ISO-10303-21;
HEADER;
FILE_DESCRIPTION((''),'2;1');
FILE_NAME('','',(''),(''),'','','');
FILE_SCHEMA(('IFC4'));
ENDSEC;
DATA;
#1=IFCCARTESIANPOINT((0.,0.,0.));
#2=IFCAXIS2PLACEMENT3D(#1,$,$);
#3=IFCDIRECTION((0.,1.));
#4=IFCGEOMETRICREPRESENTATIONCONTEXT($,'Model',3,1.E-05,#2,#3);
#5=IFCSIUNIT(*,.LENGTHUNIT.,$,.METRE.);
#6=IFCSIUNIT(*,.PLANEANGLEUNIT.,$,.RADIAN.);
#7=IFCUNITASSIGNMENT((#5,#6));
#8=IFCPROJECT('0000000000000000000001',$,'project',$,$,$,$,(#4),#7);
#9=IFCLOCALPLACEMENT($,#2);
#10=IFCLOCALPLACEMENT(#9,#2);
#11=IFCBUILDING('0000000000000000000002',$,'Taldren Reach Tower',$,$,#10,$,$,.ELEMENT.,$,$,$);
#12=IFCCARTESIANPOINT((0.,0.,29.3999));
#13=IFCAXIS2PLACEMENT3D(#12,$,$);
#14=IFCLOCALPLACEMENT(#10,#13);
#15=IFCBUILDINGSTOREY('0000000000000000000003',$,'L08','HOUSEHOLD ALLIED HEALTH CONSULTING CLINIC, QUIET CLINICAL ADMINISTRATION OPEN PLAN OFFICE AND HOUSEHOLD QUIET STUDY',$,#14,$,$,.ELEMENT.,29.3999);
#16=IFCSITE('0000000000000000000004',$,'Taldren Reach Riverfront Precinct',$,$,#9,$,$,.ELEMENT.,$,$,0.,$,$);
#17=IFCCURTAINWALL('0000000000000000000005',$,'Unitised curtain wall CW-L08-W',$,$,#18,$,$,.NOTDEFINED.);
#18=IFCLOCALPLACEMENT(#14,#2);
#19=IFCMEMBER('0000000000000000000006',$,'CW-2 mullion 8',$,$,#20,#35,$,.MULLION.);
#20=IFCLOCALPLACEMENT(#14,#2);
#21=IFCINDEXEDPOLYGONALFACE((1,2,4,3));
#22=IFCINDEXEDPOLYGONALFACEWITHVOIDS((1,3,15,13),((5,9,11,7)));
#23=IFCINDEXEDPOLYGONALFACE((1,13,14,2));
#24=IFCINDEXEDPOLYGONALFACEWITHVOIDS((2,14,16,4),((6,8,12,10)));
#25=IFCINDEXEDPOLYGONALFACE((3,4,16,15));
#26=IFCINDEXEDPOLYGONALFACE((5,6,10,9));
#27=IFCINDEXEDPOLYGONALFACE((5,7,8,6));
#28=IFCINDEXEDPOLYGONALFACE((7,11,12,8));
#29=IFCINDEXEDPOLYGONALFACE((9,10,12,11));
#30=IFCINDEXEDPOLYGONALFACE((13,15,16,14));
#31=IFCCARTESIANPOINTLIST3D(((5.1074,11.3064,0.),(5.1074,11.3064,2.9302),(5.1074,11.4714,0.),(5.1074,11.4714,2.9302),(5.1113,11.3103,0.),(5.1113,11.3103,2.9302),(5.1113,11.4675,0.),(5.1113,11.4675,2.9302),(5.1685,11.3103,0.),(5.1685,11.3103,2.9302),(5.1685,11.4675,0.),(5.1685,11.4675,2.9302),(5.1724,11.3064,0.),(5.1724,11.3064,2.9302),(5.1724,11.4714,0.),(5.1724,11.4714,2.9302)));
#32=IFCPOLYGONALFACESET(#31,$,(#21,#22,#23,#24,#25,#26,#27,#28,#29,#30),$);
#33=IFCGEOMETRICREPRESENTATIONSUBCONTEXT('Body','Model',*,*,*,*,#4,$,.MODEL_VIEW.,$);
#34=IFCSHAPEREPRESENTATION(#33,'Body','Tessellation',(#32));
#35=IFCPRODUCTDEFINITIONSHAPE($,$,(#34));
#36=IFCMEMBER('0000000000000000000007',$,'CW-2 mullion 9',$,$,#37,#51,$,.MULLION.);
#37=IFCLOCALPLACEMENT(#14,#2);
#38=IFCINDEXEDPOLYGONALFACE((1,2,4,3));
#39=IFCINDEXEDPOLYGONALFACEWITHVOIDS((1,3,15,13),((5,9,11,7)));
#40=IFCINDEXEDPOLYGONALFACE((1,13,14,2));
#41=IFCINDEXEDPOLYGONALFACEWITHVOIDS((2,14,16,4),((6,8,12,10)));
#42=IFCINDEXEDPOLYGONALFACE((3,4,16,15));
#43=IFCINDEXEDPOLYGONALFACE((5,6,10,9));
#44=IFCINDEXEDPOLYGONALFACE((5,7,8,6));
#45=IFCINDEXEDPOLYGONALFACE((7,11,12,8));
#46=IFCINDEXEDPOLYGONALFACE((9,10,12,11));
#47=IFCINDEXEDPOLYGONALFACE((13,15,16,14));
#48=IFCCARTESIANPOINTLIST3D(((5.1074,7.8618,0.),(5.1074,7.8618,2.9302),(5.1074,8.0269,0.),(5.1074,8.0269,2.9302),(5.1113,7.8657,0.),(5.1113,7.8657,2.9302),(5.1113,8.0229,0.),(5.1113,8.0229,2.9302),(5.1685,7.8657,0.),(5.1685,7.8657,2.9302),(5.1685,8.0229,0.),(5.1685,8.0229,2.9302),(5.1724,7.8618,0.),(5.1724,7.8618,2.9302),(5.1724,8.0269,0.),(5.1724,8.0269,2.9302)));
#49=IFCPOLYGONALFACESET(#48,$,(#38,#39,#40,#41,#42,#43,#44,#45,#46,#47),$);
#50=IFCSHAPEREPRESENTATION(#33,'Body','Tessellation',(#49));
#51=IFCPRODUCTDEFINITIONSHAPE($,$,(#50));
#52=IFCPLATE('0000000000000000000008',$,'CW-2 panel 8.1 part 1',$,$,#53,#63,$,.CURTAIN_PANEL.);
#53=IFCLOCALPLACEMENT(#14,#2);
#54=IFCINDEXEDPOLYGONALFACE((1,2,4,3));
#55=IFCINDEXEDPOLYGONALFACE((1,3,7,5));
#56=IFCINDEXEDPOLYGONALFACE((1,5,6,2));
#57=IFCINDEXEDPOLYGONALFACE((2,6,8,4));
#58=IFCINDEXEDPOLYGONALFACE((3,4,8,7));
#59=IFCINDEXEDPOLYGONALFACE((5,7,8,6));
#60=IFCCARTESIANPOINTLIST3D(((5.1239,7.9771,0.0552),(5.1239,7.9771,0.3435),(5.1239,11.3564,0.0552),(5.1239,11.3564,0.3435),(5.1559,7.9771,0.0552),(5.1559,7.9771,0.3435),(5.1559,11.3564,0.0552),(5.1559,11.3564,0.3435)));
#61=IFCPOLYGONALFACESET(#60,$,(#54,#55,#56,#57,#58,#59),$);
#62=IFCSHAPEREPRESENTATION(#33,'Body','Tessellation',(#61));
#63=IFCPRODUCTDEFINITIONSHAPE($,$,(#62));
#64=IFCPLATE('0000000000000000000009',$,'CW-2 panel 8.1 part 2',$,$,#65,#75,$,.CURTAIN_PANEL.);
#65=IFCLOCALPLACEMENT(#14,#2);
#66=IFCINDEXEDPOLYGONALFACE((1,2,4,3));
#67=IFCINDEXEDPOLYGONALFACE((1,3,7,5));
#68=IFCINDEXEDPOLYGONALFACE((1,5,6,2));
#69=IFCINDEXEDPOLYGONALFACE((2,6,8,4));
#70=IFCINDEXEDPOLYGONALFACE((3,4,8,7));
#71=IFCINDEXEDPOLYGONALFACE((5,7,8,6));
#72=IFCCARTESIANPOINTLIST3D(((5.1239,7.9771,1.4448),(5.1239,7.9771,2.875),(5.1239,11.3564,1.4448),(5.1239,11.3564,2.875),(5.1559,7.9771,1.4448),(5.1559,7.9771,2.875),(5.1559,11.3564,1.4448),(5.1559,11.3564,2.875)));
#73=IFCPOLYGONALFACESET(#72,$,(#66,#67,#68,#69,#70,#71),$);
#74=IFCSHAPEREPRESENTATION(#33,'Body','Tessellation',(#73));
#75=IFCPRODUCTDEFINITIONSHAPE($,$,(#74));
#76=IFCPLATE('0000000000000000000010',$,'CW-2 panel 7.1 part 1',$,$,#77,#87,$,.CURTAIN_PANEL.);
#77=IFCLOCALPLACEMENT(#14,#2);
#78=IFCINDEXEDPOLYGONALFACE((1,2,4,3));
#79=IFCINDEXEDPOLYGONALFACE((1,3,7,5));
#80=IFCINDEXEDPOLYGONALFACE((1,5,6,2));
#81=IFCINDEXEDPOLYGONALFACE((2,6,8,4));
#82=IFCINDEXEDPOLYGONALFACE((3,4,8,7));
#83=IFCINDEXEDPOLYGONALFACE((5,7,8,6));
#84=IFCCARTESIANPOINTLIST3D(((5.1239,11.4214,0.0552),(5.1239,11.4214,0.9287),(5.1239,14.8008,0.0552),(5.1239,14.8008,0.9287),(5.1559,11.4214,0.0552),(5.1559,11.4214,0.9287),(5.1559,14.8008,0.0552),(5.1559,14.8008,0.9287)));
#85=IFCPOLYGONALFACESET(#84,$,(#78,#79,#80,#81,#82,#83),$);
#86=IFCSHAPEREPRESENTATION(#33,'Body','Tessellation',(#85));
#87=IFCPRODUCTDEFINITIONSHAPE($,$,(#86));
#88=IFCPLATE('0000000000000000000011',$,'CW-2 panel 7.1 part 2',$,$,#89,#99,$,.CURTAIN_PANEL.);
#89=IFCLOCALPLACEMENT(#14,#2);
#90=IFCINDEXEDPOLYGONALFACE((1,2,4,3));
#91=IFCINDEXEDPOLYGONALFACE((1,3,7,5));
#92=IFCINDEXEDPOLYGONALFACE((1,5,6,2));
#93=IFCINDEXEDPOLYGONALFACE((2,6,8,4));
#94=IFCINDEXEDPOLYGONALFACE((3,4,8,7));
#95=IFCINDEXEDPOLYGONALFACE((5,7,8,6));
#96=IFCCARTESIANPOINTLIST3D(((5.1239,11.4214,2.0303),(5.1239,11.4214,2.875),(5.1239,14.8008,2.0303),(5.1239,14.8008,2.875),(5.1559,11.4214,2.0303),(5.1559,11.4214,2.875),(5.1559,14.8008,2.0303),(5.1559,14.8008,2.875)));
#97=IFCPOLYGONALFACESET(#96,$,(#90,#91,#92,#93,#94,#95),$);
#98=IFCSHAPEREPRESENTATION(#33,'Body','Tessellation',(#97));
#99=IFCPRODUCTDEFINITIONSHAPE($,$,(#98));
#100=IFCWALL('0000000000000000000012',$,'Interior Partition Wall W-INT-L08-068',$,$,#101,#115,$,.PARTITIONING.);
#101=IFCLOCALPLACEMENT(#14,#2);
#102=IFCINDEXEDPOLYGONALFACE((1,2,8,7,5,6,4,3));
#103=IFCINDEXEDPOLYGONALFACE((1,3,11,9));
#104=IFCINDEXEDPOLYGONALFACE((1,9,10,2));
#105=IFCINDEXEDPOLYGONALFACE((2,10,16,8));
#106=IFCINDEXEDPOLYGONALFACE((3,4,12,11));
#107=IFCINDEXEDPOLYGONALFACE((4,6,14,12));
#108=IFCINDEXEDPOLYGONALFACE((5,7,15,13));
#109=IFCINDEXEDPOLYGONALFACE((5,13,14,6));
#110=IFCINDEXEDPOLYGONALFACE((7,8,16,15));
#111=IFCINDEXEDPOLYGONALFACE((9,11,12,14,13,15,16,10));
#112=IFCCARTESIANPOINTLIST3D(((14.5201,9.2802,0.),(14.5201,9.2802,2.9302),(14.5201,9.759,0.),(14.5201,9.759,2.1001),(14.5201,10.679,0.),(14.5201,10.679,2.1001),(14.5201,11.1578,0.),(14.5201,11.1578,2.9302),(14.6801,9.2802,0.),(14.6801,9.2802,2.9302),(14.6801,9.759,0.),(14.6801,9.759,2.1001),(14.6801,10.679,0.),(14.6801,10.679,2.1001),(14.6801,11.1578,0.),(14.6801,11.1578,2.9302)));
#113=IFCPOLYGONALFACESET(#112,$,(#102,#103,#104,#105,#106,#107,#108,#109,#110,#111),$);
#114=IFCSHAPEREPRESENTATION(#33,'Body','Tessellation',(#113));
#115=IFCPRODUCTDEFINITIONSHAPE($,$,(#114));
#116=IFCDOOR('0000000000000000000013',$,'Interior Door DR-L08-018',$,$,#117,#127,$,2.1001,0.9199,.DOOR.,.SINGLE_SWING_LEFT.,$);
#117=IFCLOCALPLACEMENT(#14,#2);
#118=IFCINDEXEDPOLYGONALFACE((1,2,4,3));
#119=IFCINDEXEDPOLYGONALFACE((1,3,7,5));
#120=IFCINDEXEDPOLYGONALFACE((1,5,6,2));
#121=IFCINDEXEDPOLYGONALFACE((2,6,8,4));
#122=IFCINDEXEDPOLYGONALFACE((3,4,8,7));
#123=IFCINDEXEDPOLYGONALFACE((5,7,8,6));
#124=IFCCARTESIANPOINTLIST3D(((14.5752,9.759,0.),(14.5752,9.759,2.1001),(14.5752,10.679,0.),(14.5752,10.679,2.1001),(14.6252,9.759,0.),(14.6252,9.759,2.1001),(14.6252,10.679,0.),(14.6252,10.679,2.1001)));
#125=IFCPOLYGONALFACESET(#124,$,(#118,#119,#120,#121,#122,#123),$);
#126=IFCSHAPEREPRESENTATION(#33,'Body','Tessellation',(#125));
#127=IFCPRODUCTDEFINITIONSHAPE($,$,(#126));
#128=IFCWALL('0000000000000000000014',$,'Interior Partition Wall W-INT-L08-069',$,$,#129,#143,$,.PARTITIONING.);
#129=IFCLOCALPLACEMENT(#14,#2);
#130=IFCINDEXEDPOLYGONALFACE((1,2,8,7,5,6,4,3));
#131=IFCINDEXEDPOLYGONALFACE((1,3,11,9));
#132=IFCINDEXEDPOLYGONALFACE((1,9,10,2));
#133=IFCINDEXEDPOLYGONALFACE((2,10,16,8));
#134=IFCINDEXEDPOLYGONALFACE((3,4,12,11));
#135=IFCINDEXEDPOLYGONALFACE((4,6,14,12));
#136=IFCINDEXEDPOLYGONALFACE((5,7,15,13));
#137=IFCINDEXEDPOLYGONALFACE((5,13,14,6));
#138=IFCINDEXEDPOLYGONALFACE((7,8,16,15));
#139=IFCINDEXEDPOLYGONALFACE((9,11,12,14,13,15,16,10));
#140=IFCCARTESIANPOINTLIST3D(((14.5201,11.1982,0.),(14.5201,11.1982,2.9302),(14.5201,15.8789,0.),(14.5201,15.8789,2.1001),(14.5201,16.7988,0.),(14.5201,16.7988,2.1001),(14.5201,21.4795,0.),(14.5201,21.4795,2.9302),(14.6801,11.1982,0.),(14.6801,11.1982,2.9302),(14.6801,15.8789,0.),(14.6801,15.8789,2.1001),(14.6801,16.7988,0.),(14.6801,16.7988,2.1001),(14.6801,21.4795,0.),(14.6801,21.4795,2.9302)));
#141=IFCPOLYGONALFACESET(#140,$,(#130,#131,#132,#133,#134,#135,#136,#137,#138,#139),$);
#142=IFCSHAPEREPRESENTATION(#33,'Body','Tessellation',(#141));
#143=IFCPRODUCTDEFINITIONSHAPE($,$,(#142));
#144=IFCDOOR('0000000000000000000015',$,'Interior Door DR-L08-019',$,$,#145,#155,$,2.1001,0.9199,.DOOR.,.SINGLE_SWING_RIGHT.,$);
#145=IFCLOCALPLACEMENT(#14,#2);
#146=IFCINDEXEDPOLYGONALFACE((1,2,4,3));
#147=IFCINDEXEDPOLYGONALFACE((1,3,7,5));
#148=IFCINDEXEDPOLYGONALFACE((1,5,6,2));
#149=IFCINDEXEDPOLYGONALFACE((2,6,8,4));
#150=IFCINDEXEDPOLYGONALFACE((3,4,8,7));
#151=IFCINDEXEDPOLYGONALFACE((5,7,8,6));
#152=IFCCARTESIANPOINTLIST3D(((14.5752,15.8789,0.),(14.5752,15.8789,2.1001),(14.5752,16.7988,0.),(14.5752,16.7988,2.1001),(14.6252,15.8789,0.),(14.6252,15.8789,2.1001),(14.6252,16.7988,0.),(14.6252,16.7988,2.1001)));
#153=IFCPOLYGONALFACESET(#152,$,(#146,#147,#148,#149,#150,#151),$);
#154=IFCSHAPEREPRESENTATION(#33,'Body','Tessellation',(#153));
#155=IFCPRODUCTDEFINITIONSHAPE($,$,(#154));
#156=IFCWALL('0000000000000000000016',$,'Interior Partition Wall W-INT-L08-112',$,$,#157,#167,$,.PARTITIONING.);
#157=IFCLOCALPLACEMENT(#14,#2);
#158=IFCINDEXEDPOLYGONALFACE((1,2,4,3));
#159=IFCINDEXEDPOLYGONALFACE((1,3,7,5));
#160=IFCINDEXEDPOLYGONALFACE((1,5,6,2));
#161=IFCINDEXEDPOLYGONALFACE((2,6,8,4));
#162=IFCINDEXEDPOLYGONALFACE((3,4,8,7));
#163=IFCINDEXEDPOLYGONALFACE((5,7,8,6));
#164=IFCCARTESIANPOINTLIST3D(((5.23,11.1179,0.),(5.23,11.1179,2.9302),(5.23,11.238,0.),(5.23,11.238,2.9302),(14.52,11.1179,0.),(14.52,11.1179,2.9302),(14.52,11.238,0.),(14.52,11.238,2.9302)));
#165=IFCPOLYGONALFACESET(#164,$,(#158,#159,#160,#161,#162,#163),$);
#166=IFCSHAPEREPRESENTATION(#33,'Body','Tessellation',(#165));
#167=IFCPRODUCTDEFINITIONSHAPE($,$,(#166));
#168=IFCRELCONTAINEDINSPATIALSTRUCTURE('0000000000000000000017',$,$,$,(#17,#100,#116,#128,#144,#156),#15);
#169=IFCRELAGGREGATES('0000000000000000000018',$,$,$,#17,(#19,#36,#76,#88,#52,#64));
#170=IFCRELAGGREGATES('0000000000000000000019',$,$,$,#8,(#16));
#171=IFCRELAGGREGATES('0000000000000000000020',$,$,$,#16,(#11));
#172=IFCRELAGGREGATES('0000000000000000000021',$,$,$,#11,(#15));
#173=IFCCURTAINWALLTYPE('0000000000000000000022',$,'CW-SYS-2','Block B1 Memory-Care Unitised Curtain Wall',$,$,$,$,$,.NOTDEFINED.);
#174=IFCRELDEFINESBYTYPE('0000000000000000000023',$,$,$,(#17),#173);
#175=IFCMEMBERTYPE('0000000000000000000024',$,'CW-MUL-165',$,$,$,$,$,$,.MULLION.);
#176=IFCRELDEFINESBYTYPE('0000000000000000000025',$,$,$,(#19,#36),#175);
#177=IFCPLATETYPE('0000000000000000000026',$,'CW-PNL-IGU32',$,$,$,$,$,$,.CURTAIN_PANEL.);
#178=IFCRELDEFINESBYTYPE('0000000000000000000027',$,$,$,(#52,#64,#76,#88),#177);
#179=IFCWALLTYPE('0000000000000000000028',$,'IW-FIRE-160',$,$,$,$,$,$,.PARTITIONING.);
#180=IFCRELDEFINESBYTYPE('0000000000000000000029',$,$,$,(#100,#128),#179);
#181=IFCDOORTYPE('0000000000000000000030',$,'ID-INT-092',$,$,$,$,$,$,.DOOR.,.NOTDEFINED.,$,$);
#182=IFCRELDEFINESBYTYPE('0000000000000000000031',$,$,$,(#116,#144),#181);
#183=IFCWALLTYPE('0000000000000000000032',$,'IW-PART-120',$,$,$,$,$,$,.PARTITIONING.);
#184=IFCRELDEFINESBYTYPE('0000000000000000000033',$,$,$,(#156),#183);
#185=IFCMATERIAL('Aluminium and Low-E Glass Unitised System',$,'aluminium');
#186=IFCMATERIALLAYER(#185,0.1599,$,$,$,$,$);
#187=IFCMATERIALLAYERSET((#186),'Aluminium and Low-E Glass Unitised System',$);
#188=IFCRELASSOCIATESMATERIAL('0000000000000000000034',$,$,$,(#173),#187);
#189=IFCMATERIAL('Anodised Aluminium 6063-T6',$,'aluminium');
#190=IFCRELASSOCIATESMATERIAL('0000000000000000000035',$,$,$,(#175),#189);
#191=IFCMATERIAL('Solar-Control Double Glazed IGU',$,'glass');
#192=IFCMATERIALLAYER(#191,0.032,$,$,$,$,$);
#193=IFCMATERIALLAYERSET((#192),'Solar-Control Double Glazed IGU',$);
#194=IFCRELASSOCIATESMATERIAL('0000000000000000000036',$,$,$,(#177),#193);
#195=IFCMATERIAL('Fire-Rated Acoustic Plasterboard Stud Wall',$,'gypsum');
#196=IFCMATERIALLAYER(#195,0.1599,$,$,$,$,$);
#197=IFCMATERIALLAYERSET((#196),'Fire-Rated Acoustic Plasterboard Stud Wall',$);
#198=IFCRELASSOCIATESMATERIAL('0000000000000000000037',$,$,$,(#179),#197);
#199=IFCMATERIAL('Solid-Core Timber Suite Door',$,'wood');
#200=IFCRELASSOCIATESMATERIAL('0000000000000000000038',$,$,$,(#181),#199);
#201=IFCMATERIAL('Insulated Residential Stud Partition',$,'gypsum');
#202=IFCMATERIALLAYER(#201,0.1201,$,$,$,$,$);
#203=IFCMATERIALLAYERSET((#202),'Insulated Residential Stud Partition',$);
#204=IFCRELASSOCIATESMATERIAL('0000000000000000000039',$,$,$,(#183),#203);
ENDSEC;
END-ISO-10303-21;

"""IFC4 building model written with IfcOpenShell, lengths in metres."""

from ifc_helpers import new_model, si_unit, direction, frame, frame_2d, origin, origin_2d, place, context, subcontext, project, spatial, rectangle, hollow_rectangle, extrude, source, transform, mapped, material, layer, layer_set, material_profile, profile_set, type_object, element, fill, aggregate, save


model = new_model("IFC4")

# Units and contexts
model_context = context("Model", 3, precision=1e-05, world=origin(), true_north=direction((0.0, 1.0)))
body_context = subcontext(model_context, "Body", "Model", "MODEL_VIEW")
ifc_project = project(units=[si_unit("LENGTHUNIT", "METRE"), si_unit("PLANEANGLEUNIT", "RADIAN")], contexts=[model_context])

# Site, building, storey
site_placement = place(None, origin())
site = spatial("IfcSite", under=ifc_project, at=site_placement, Name="Taldren Reach Riverfront Precinct", CompositionType="ELEMENT", RefElevation=0.0)
building_placement = place(site_placement, origin())
building = spatial("IfcBuilding", under=site, at=building_placement, Name="Taldren Reach Tower", CompositionType="ELEMENT")
storey_placement = place(building_placement, frame((0.0, 0.0, 29.3999)))
storey = spatial("IfcBuildingStorey", under=building, at=storey_placement, Name="L08", Description="HOUSEHOLD ALLIED HEALTH CONSULTING CLINIC, QUIET CLINICAL ADMINISTRATION OPEN PLAN OFFICE AND HOUSEHOLD QUIET STUDY", CompositionType="ELEMENT", Elevation=29.3999)

# Curtain wall, members, plates
ifc_material_1 = material(Name="Aluminium and Low-E Glass Unitised System", Category="aluminium")
ifc_layer_1 = layer(ifc_material_1, 0.1599)
ifc_layer_set_1 = layer_set([ifc_layer_1], Name="Aluminium and Low-E Glass Unitised System")
curtain_wall_type = type_object("IfcCurtainWallType", Name="CW-SYS-2", Description="Block B1 Memory-Care Unitised Curtain Wall", PredefinedType="NOTDEFINED", material=ifc_layer_set_1)
curtain_wall_placement = place(storey_placement, origin())
curtain_wall = element("IfcCurtainWall", 1, at=curtain_wall_placement, inside=storey, type_object=curtain_wall_type, Name="Unitised curtain wall CW-L08-W", PredefinedType="NOTDEFINED")
ifc_material_2 = material(Name="Anodised Aluminium 6063-T6", Category="aluminium")
ifc_material_profile_1 = material_profile(ifc_material_2, hollow_rectangle(XDim=0.0649, YDim=0.165, WallThickness=0.0039, at=origin_2d()), Name="ALU-165x65x4RHS")
ifc_profile_set_1 = profile_set([ifc_material_profile_1], Name="Anodised Aluminium 6063-T6")
member_type_1 = type_object("IfcMemberType", Name="CW-MUL-165", PredefinedType="MULLION", material=ifc_profile_set_1)
shared_shape_1 = source(origin(), body_context, "Body", "SweptSolid", [
    extrude(hollow_rectangle(XDim=0.0649, YDim=0.165, WallThickness=0.0039, at=origin_2d()), origin(), (0.0, 0.0, 1.0), 2.9302),
])
member_1_placement = place(storey_placement, frame((5.1399, 11.3889, 0.0), z_axis=(0.0, 0.0, 1.0), x_axis=(1.0, 0.0, 0.0)))
member_1 = element("IfcMember", 2, at=member_1_placement, type_object=member_type_1, Name="CW-2 mullion 8", PredefinedType="MULLION", context=body_context, shape_type="MappedRepresentation", body=[
    mapped(shared_shape_1, transform((0.0, 0.0, 0.0), scale=1.0)),
])
member_2_placement = place(storey_placement, frame((5.1399, 7.9443, 0.0), z_axis=(0.0, 0.0, 1.0), x_axis=(1.0, 0.0, 0.0)))
member_2 = element("IfcMember", 3, at=member_2_placement, type_object=member_type_1, Name="CW-2 mullion 9", PredefinedType="MULLION", context=body_context, shape_type="MappedRepresentation", body=[
    mapped(shared_shape_1, transform((0.0, 0.0, 0.0), scale=1.0)),
])
ifc_material_3 = material(Name="Solar-Control Double Glazed IGU", Category="glass")
ifc_layer_2 = layer(ifc_material_3, 0.032)
ifc_layer_set_2 = layer_set([ifc_layer_2], Name="Solar-Control Double Glazed IGU")
plate_type = type_object("IfcPlateType", Name="CW-PNL-IGU32", PredefinedType="CURTAIN_PANEL", material=ifc_layer_set_2)
shared_shape_2 = source(origin(), body_context, "Body", "SweptSolid", [
    extrude(rectangle(XDim=3.3794, YDim=0.032, at=origin_2d()), origin(), (0.0, 0.0, 1.0), 0.2883),
])
plate_1_placement = place(storey_placement, frame((5.1399, 9.6667, 0.0552), z_axis=(0.0, 0.0, 1.0), x_axis=(0.0, -1.0, 0.0)))
plate_1 = element("IfcPlate", 4, at=plate_1_placement, type_object=plate_type, Name="CW-2 panel 8.1 part 1", PredefinedType="CURTAIN_PANEL", context=body_context, shape_type="MappedRepresentation", body=[
    mapped(shared_shape_2, transform((0.0, 0.0, 0.0), scale=1.0)),
])
shared_shape_3 = source(origin(), body_context, "Body", "SweptSolid", [
    extrude(rectangle(XDim=3.3794, YDim=0.032, at=origin_2d()), origin(), (0.0, 0.0, 1.0), 1.4302),
])
plate_2_placement = place(storey_placement, frame((5.1399, 9.6667, 1.4448), z_axis=(0.0, 0.0, 1.0), x_axis=(0.0, -1.0, 0.0)))
plate_2 = element("IfcPlate", 5, at=plate_2_placement, type_object=plate_type, Name="CW-2 panel 8.1 part 2", PredefinedType="CURTAIN_PANEL", context=body_context, shape_type="MappedRepresentation", body=[
    mapped(shared_shape_3, transform((0.0, 0.0, 0.0), scale=1.0)),
])
shared_shape_4 = source(origin(), body_context, "Body", "SweptSolid", [
    extrude(rectangle(XDim=3.3794, YDim=0.032, at=origin_2d()), origin(), (0.0, 0.0, 1.0), 0.8735),
])
plate_3_placement = place(storey_placement, frame((5.1399, 13.1111, 0.0552), z_axis=(0.0, 0.0, 1.0), x_axis=(0.0, -1.0, 0.0)))
plate_3 = element("IfcPlate", 6, at=plate_3_placement, type_object=plate_type, Name="CW-2 panel 7.1 part 1", PredefinedType="CURTAIN_PANEL", context=body_context, shape_type="MappedRepresentation", body=[
    mapped(shared_shape_4, transform((0.0, 0.0, 0.0), scale=1.0)),
])
shared_shape_5 = source(origin(), body_context, "Body", "SweptSolid", [
    extrude(rectangle(XDim=3.3794, YDim=0.032, at=origin_2d()), origin(), (0.0, 0.0, 1.0), 0.8447),
])
plate_4_placement = place(storey_placement, frame((5.1399, 13.1111, 2.0303), z_axis=(0.0, 0.0, 1.0), x_axis=(0.0, -1.0, 0.0)))
plate_4 = element("IfcPlate", 7, at=plate_4_placement, type_object=plate_type, Name="CW-2 panel 7.1 part 2", PredefinedType="CURTAIN_PANEL", context=body_context, shape_type="MappedRepresentation", body=[
    mapped(shared_shape_5, transform((0.0, 0.0, 0.0), scale=1.0)),
])
aggregate(curtain_wall, [member_1, member_2, plate_3, plate_4, plate_1, plate_2])

# Walls, openings, doors
ifc_material_4 = material(Name="Fire-Rated Acoustic Plasterboard Stud Wall", Category="gypsum")
ifc_layer_3 = layer(ifc_material_4, 0.1599)
ifc_layer_set_3 = layer_set([ifc_layer_3], Name="Fire-Rated Acoustic Plasterboard Stud Wall")
wall_type_1 = type_object("IfcWallType", Name="IW-FIRE-160", PredefinedType="PARTITIONING", material=ifc_layer_set_3)
shared_shape_6 = source(origin(), body_context, "Body", "SweptSolid", [
    extrude(rectangle(XDim=1.8777, YDim=0.1599, at=frame_2d((0.939, 0.0))), origin(), (0.0, 0.0, 1.0), 2.9302),
])
wall_1_placement = place(storey_placement, frame((14.6001, 9.28, 0.0), z_axis=(0.0, 0.0, 1.0), x_axis=(0.0, 1.0, 0.0)))
wall_1 = element("IfcWall", 8, at=wall_1_placement, inside=storey, type_object=wall_type_1, Name="Interior Partition Wall W-INT-L08-068", PredefinedType="PARTITIONING", context=body_context, shape_type="MappedRepresentation", body=[
    mapped(shared_shape_6, transform((0.0, 0.0, 0.0), scale=1.0)),
])
shared_shape_7 = source(origin(), body_context, "Body", "SweptSolid", [
    extrude(rectangle(XDim=0.9199, YDim=2.1001, at=frame_2d((0.46, 1.05))), frame((0.0, 0.0898, 0.0), z_axis=(0.0, -1.0, 0.0), x_axis=(1.0, 0.0, 0.0)), (0.0, 0.0, 1.0), 0.1799),
])
opening_1_placement = place(wall_1_placement, frame((0.479, 0.0, 0.0)))
opening_1 = element("IfcOpeningElement", 9, at=opening_1_placement, cuts=wall_1, PredefinedType="OPENING", context=body_context, shape_type="MappedRepresentation", body=[
    mapped(shared_shape_7, transform((0.0, 0.0, 0.0), scale=1.0)),
])
ifc_material_5 = material(Name="Solid-Core Timber Suite Door", Category="wood")
door_type = type_object("IfcDoorType", Name="ID-INT-092", OperationType="NOTDEFINED", PredefinedType="DOOR", material=ifc_material_5)
shared_shape_8 = source(origin(), body_context, "Body", "SweptSolid", [
    extrude(rectangle(XDim=0.9199, YDim=2.1001, at=frame_2d((0.46, 1.05))), frame((0.0, 0.0249, 0.0), z_axis=(0.0, -1.0, 0.0), x_axis=(1.0, 0.0, 0.0)), (0.0, 0.0, 1.0), 0.05),
])
door_1_placement = place(opening_1_placement, origin())
door_1 = element("IfcDoor", 10, at=door_1_placement, inside=storey, type_object=door_type, Name="Interior Door DR-L08-018", OperationType="SINGLE_SWING_LEFT", OverallHeight=2.1001, OverallWidth=0.9199, PredefinedType="DOOR", context=body_context, shape_type="MappedRepresentation", body=[
    mapped(shared_shape_8, transform((0.0, 0.0, 0.0), scale=1.0)),
])
fill(opening_1, door_1)
shared_shape_9 = source(origin(), body_context, "Body", "SweptSolid", [
    extrude(rectangle(XDim=10.2812, YDim=0.1599, at=frame_2d((5.1406, 0.0))), origin(), (0.0, 0.0, 1.0), 2.9302),
])
wall_2_placement = place(storey_placement, frame((14.6001, 11.1982, 0.0), z_axis=(0.0, 0.0, 1.0), x_axis=(0.0, 1.0, 0.0)))
wall_2 = element("IfcWall", 11, at=wall_2_placement, inside=storey, type_object=wall_type_1, Name="Interior Partition Wall W-INT-L08-069", PredefinedType="PARTITIONING", context=body_context, shape_type="MappedRepresentation", body=[
    mapped(shared_shape_9, transform((0.0, 0.0, 0.0), scale=1.0)),
])
opening_2_placement = place(wall_2_placement, frame((4.6807, 0.0, 0.0)))
opening_2 = element("IfcOpeningElement", 12, at=opening_2_placement, cuts=wall_2, PredefinedType="OPENING", context=body_context, shape_type="MappedRepresentation", body=[
    mapped(shared_shape_7, transform((0.0, 0.0, 0.0), scale=1.0)),
])
door_2_placement = place(opening_2_placement, origin())
door_2 = element("IfcDoor", 13, at=door_2_placement, inside=storey, type_object=door_type, Name="Interior Door DR-L08-019", OperationType="SINGLE_SWING_RIGHT", OverallHeight=2.1001, OverallWidth=0.9199, PredefinedType="DOOR", context=body_context, shape_type="MappedRepresentation", body=[
    mapped(shared_shape_8, transform((0.0, 0.0, 0.0), scale=1.0)),
])
fill(opening_2, door_2)

# Wall
ifc_material_6 = material(Name="Insulated Residential Stud Partition", Category="gypsum")
ifc_layer_4 = layer(ifc_material_6, 0.1201)
ifc_layer_set_4 = layer_set([ifc_layer_4], Name="Insulated Residential Stud Partition")
wall_type_2 = type_object("IfcWallType", Name="IW-PART-120", PredefinedType="PARTITIONING", material=ifc_layer_set_4)
shared_shape_10 = source(origin(), body_context, "Body", "SweptSolid", [
    extrude(rectangle(XDim=9.29, YDim=0.1201, at=frame_2d((4.645, 0.0))), origin(), (0.0, 0.0, 1.0), 2.9302),
])
wall_3_placement = place(storey_placement, frame((5.23, 11.178, 0.0), z_axis=(0.0, 0.0, 1.0), x_axis=(1.0, 0.0, 0.0)))
element("IfcWall", 14, at=wall_3_placement, inside=storey, type_object=wall_type_2, Name="Interior Partition Wall W-INT-L08-112", PredefinedType="PARTITIONING", context=body_context, shape_type="MappedRepresentation", body=[
    mapped(shared_shape_10, transform((0.0, 0.0, 0.0), scale=1.0)),
])

save(model, "model.ifc")
